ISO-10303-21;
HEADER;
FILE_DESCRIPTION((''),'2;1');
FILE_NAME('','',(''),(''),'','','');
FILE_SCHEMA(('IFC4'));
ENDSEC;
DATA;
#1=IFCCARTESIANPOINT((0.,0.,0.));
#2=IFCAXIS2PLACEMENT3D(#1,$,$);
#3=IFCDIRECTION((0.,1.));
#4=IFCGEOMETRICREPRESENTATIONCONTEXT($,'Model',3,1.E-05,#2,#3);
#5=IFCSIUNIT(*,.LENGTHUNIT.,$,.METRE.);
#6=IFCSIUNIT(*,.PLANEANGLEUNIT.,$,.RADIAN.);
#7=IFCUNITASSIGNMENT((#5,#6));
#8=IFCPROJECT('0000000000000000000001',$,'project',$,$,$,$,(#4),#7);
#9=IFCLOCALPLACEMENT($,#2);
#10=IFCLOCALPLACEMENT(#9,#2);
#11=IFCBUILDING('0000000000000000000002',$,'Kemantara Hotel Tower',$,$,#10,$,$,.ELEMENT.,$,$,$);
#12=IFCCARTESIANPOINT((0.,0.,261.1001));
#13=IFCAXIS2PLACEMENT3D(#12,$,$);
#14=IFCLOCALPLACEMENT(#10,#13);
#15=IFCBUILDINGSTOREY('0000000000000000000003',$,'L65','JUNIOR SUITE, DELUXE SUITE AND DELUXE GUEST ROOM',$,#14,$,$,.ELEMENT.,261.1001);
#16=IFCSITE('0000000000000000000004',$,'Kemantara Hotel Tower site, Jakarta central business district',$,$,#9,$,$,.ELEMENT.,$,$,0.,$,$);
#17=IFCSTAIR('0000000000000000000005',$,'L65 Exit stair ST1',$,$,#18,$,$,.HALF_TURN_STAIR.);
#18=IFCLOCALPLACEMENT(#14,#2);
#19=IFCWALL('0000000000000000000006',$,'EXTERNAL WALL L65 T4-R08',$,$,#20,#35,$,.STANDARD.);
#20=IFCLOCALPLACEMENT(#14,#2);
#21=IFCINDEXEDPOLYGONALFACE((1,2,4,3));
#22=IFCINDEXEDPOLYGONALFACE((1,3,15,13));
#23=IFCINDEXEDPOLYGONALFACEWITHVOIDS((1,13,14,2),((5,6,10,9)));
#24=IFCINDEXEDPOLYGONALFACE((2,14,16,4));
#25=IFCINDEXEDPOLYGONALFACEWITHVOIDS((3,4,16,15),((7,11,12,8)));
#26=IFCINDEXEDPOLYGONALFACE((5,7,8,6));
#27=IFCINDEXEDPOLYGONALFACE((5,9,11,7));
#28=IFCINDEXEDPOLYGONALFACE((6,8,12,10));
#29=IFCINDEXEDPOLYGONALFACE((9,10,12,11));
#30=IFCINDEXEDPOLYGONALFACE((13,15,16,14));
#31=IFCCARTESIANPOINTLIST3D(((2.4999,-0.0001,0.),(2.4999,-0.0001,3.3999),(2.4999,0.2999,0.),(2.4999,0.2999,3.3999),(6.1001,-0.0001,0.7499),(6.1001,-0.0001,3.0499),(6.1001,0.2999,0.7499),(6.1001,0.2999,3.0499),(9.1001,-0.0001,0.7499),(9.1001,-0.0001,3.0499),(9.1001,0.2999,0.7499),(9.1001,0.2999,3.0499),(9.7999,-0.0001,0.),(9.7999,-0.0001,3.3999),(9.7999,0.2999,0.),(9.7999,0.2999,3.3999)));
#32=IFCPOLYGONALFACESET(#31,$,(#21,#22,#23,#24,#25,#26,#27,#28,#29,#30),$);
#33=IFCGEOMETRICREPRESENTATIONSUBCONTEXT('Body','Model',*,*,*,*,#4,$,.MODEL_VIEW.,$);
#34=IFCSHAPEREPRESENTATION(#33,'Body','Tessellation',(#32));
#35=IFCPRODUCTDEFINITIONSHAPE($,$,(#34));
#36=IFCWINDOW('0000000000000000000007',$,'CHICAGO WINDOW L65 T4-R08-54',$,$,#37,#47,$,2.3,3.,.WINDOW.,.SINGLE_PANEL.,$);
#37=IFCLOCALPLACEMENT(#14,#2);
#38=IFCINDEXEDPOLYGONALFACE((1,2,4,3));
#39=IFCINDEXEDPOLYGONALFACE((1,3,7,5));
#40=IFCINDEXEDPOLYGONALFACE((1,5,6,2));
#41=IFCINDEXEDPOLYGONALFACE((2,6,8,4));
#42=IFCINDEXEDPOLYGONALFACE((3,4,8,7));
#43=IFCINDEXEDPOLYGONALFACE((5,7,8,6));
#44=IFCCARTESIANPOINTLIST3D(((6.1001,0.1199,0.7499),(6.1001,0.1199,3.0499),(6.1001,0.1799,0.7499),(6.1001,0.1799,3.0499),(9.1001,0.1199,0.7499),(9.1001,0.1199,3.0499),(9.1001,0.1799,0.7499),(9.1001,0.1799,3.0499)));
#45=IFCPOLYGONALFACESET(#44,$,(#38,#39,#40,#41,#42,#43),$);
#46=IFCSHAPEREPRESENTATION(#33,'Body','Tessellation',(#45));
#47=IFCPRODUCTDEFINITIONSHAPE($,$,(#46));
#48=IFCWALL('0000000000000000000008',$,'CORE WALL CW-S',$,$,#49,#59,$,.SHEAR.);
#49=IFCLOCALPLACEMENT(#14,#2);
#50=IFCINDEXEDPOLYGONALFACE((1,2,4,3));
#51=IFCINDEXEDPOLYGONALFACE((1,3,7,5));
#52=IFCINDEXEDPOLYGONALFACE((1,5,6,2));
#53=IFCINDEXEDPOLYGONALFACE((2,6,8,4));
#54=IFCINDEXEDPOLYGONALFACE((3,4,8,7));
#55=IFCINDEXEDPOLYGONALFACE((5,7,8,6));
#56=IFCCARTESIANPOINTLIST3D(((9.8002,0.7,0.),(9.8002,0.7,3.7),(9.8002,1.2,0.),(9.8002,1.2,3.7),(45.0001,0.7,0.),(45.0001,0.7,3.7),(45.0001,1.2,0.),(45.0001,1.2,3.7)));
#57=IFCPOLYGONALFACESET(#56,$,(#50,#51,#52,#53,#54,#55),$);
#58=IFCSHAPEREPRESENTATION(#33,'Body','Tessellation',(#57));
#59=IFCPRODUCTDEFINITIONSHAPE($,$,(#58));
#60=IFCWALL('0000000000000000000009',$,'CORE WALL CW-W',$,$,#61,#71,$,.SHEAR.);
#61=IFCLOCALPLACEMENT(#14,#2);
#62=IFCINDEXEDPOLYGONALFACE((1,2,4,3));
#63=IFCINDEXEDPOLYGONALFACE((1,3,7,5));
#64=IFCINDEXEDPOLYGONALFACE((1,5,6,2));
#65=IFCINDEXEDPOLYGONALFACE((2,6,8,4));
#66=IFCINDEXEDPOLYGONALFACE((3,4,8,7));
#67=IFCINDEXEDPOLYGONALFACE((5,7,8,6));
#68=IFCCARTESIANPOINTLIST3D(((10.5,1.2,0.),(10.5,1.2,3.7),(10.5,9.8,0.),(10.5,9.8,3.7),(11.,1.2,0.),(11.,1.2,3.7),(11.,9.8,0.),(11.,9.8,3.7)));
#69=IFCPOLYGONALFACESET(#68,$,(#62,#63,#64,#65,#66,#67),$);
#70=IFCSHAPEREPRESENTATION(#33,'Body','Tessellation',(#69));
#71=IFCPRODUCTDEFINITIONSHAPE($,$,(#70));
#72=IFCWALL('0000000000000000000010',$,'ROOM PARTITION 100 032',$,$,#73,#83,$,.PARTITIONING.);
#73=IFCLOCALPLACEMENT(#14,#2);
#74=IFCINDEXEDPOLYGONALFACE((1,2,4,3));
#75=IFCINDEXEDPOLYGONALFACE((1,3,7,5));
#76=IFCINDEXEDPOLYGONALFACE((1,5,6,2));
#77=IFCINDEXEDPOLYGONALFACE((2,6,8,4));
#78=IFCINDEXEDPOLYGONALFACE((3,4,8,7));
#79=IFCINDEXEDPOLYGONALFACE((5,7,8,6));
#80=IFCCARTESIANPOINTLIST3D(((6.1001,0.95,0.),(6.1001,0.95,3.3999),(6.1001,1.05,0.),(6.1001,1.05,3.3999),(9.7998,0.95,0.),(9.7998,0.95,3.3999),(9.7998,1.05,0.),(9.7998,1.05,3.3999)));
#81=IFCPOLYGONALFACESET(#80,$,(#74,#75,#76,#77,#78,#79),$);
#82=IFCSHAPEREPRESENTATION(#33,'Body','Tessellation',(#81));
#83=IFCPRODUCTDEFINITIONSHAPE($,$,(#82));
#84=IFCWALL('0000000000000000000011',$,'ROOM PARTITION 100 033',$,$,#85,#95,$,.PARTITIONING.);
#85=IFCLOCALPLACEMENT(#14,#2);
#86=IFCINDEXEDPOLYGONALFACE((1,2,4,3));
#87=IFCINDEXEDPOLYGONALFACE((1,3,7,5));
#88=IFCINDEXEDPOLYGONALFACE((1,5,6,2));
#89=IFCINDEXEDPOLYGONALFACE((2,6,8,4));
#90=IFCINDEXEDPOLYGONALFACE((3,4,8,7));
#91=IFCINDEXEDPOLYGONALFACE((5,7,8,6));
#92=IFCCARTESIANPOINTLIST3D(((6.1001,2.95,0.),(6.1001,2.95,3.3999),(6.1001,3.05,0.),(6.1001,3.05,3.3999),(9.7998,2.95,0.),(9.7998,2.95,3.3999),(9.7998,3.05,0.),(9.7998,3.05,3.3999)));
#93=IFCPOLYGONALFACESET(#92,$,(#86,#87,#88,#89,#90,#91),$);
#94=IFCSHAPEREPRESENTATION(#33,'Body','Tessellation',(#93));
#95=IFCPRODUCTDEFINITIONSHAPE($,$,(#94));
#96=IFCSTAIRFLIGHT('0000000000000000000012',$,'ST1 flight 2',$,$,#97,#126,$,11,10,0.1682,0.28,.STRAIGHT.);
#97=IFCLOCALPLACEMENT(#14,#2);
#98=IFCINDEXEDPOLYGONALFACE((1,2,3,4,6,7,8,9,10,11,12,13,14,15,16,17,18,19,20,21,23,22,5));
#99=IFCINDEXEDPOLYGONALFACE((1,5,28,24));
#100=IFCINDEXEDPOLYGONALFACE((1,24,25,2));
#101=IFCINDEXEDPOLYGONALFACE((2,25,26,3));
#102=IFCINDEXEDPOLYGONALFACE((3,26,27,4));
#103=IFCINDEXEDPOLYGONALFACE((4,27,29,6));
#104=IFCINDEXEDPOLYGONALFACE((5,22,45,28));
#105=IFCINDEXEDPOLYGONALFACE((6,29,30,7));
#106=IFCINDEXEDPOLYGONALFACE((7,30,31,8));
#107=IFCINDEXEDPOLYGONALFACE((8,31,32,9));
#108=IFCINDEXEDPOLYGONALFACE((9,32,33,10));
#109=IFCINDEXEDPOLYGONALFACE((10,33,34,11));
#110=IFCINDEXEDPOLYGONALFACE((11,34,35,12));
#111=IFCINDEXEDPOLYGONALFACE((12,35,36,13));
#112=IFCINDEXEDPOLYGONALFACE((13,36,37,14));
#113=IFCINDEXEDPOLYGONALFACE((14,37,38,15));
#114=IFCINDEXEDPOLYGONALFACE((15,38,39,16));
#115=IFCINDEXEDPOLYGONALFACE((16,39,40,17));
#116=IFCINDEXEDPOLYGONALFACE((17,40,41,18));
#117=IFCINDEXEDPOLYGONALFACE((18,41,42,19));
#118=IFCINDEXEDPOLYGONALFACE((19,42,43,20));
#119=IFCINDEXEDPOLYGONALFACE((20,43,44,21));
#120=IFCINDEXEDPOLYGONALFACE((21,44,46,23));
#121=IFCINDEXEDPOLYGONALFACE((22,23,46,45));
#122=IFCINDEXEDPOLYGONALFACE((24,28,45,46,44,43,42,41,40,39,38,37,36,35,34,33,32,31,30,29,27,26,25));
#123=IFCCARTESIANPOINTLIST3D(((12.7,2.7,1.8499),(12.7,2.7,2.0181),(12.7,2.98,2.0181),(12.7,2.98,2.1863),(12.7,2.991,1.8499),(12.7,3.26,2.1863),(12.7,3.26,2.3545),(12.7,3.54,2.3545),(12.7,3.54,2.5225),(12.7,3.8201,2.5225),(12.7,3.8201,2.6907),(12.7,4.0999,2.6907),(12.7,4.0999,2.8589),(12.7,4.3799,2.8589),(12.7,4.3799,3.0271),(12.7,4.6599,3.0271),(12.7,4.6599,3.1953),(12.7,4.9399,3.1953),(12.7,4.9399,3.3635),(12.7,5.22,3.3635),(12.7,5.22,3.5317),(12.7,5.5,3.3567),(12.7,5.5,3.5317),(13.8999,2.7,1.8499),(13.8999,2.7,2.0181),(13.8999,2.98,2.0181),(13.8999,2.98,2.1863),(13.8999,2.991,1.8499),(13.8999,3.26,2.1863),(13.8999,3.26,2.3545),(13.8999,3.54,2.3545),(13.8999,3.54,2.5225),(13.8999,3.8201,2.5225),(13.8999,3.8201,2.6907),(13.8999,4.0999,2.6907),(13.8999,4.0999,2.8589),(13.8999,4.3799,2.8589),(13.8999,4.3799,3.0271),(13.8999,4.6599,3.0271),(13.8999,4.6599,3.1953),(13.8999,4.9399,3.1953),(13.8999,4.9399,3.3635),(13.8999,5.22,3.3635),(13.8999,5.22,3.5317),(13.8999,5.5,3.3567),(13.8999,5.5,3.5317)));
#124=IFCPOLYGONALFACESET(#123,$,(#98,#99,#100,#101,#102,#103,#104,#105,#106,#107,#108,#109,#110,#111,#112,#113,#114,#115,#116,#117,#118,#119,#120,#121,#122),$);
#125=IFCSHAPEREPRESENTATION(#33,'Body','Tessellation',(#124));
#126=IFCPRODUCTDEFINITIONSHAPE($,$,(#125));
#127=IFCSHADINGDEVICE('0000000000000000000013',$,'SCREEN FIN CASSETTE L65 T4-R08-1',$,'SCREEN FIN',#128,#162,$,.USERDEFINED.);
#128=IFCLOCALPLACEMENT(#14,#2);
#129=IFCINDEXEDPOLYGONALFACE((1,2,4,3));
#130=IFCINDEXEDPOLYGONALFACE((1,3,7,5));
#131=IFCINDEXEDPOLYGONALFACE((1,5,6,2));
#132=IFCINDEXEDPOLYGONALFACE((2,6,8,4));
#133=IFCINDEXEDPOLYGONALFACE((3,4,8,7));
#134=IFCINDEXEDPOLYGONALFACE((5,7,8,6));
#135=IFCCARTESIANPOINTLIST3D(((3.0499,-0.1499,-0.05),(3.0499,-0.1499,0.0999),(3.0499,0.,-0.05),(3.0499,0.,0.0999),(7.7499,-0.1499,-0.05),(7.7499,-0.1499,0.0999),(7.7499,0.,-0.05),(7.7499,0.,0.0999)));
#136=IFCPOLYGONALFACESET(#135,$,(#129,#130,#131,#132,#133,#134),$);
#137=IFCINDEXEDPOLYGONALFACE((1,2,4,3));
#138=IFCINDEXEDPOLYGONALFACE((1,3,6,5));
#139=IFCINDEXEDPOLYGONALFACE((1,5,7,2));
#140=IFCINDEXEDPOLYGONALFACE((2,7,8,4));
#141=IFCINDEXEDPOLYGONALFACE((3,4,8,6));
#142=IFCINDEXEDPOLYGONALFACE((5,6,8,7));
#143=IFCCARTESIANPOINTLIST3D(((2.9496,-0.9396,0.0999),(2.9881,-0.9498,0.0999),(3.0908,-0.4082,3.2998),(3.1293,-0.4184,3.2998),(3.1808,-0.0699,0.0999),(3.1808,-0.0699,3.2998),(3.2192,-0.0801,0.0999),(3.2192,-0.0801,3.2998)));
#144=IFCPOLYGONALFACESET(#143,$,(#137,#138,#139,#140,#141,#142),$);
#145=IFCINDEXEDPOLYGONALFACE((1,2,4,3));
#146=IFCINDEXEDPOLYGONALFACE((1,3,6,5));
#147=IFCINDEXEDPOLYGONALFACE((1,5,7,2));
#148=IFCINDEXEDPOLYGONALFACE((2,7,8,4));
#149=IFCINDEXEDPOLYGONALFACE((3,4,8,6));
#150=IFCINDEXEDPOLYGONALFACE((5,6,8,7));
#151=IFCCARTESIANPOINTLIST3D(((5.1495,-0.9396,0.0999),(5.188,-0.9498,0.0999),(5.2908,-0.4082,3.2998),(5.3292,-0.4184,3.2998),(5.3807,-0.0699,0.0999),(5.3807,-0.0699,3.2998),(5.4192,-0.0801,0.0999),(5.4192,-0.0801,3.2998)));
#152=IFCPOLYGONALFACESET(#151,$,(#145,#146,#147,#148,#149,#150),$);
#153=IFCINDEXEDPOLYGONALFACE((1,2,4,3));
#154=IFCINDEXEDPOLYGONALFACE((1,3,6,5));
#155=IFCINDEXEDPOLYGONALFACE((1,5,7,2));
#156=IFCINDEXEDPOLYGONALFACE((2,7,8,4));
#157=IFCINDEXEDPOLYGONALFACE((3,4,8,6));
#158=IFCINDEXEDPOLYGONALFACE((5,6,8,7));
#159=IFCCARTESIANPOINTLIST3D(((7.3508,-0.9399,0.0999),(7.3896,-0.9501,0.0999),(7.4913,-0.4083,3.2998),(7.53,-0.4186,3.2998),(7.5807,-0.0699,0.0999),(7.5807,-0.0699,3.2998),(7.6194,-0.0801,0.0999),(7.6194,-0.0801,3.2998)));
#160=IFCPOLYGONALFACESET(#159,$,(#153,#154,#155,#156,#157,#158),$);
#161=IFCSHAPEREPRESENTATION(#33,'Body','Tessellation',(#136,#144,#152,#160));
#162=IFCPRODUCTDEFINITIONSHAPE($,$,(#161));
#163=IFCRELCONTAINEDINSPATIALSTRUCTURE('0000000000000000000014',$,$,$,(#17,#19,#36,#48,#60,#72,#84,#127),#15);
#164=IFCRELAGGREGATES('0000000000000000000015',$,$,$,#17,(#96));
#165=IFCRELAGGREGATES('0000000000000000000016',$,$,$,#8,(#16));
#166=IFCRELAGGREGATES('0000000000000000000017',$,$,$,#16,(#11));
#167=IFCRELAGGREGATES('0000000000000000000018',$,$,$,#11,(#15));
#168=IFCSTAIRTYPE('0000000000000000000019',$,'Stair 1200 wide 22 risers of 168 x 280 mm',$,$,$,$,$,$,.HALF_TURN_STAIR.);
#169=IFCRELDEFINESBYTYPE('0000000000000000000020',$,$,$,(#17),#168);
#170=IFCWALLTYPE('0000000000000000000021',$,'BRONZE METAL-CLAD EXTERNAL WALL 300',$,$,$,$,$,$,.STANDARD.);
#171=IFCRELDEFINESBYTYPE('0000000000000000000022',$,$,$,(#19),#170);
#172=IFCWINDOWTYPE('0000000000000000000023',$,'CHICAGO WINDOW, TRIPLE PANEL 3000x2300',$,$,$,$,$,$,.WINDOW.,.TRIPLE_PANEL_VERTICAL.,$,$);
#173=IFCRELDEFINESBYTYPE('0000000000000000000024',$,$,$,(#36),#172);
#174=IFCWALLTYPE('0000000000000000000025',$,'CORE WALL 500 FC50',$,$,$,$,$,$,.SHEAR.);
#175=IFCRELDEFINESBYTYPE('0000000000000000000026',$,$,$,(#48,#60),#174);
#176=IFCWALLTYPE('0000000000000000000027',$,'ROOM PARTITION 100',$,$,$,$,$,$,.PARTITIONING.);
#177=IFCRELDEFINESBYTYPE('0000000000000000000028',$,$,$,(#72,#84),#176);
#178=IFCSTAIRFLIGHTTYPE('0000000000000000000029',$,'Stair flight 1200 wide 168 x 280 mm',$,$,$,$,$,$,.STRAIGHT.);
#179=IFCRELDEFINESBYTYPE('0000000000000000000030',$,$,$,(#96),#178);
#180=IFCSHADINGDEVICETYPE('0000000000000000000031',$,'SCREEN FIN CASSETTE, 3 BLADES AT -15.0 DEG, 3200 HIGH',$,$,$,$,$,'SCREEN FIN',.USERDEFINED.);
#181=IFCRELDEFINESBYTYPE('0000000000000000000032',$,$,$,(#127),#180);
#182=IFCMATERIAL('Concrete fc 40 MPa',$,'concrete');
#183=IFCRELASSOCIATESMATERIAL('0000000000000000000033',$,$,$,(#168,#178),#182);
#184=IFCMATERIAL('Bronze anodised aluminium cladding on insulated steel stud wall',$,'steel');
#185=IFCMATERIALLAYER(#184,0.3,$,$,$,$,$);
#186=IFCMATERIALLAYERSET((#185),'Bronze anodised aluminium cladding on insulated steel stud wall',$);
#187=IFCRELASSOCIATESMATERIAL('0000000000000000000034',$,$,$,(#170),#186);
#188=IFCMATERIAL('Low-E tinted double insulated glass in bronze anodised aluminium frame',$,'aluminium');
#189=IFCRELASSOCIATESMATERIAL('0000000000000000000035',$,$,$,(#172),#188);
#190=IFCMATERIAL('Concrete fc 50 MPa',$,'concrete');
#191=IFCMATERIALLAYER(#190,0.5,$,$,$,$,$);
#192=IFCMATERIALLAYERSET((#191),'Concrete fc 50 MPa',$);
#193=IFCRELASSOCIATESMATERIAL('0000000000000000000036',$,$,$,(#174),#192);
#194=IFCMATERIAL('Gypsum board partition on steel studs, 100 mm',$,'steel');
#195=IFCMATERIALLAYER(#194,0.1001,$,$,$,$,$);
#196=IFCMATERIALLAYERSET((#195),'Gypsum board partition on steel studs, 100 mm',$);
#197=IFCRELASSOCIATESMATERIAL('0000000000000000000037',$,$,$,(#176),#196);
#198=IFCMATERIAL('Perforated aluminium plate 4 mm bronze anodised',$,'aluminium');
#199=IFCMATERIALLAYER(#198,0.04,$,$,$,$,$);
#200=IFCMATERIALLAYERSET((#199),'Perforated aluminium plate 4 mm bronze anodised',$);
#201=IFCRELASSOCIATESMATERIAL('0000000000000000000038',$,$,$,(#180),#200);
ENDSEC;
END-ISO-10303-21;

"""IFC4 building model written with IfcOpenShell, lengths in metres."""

from ifc_helpers import new_model, si_unit, direction, frame, frame_2d, origin, origin_2d, place, context, subcontext, project, spatial, polyline, rectangle, outline, extrude, source, transform, mapped, material, layer, layer_set, type_object, element, fill, aggregate, save


model = new_model("IFC4")

# Units and contexts
model_context = context("Model", 3, precision=1e-05, world=origin(), true_north=direction((0.0, 1.0)))
body_context = subcontext(model_context, "Body", "Model", "MODEL_VIEW")
ifc_project = project(units=[si_unit("LENGTHUNIT", "METRE"), si_unit("PLANEANGLEUNIT", "RADIAN")], contexts=[model_context])

# Site, building, storey
site_placement = place(None, origin())
site = spatial("IfcSite", under=ifc_project, at=site_placement, Name="Kemantara Hotel Tower site, Jakarta central business district", CompositionType="ELEMENT", RefElevation=0.0)
building_placement = place(site_placement, origin())
building = spatial("IfcBuilding", under=site, at=building_placement, Name="Kemantara Hotel Tower", CompositionType="ELEMENT")
storey_placement = place(building_placement, frame((0.0, 0.0, 261.1001)))
storey = spatial("IfcBuildingStorey", under=building, at=storey_placement, Name="L65", Description="JUNIOR SUITE, DELUXE SUITE AND DELUXE GUEST ROOM", CompositionType="ELEMENT", Elevation=261.1001)

# Shared definitions
ifc_material_1 = material(Name="Concrete fc 50 MPa", Category="concrete")

# Shared definitions
ifc_material_2 = material(Name="Concrete fc 40 MPa", Category="concrete")

# Stair
stair_type_1 = type_object("IfcStairType", Name="Stair 1200 wide 22 risers of 168 x 280 mm", PredefinedType="HALF_TURN_STAIR", material=ifc_material_2)
stair_1_placement = place(storey_placement, origin())
stair_1 = element("IfcStair", 1, at=stair_1_placement, inside=storey, type_object=stair_type_1, Name="L65 Exit stair ST1", PredefinedType="HALF_TURN_STAIR")

# Shared definitions
ifc_material_3 = material(Name="Bronze anodised aluminium cladding on insulated steel stud wall", Category="steel")
ifc_layer_1 = layer(ifc_material_3, 0.3)
ifc_layer_set_1 = layer_set([ifc_layer_1], Name="Bronze anodised aluminium cladding on insulated steel stud wall")
wall_type_1 = type_object("IfcWallType", Name="BRONZE METAL-CLAD EXTERNAL WALL 300", PredefinedType="STANDARD", material=ifc_layer_set_1)

# Wall, opening, window
wall_1_placement = place(storey_placement, frame((2.5, 0.1499, 0.0), z_axis=(0.0, 0.0, 1.0), x_axis=(1.0, 0.0, 0.0)))
wall_1 = element("IfcWall", 2, at=wall_1_placement, inside=storey, type_object=wall_type_1, Name="EXTERNAL WALL L65 T4-R08", PredefinedType="STANDARD", context=body_context, shape_type="SweptSolid", body=[
    extrude(rectangle(XDim=7.3, YDim=0.3, at=frame_2d((3.6499, 0.0))), origin(), (0.0, 0.0, 1.0), 3.3999),
])
opening_placement = place(wall_1_placement, frame((3.6001, 0.0, 0.75)))
opening = element("IfcOpeningElement", 3, at=opening_placement, cuts=wall_1, PredefinedType="OPENING", context=body_context, shape_type="SweptSolid", body=[
    extrude(rectangle(XDim=3.0, YDim=2.3, at=frame_2d((1.5, 1.1499))), frame((0.0, 0.1599, 0.0), z_axis=(0.0, -1.0, 0.0), x_axis=(1.0, 0.0, 0.0)), (0.0, 0.0, 1.0), 0.3201),
])
ifc_material_4 = material(Name="Low-E tinted double insulated glass in bronze anodised aluminium frame", Category="aluminium")
window_type = type_object("IfcWindowType", Name="CHICAGO WINDOW, TRIPLE PANEL 3000x2300", PartitioningType="TRIPLE_PANEL_VERTICAL", PredefinedType="WINDOW", material=ifc_material_4)
window_placement = place(opening_placement, origin())
window = element("IfcWindow", 4, at=window_placement, inside=storey, type_object=window_type, Name="CHICAGO WINDOW L65 T4-R08-54", OverallHeight=2.3, OverallWidth=3.0, PartitioningType="SINGLE_PANEL", PredefinedType="WINDOW", context=body_context, shape_type="SweptSolid", body=[
    extrude(rectangle(XDim=3.0, YDim=2.3, at=frame_2d((1.5, 1.1499))), frame((0.0, 0.03, 0.0), z_axis=(0.0, -1.0, 0.0), x_axis=(1.0, 0.0, 0.0)), (0.0, 0.0, 1.0), 0.0601),
])
fill(opening, window)

# Walls
ifc_layer_2 = layer(ifc_material_1, 0.5)
ifc_layer_set_2 = layer_set([ifc_layer_2], Name="Concrete fc 50 MPa")
wall_type_2 = type_object("IfcWallType", Name="CORE WALL 500 FC50", PredefinedType="SHEAR", material=ifc_layer_set_2)
wall_2_placement = place(storey_placement, frame((9.8, 0.95, 0.0), z_axis=(0.0, 0.0, 1.0), x_axis=(1.0, 0.0, 0.0)))
element("IfcWall", 5, at=wall_2_placement, inside=storey, type_object=wall_type_2, Name="CORE WALL CW-S", PredefinedType="SHEAR", context=body_context, shape_type="SweptSolid", body=[
    extrude(rectangle(XDim=35.2, YDim=0.5, at=frame_2d((17.6001, 0.0))), origin(), (0.0, 0.0, 1.0), 3.7),
])
wall_3_placement = place(storey_placement, frame((10.75, 1.2, 0.0), z_axis=(0.0, 0.0, 1.0), x_axis=(0.0, 1.0, 0.0)))
element("IfcWall", 6, at=wall_3_placement, inside=storey, type_object=wall_type_2, Name="CORE WALL CW-W", PredefinedType="SHEAR", context=body_context, shape_type="SweptSolid", body=[
    extrude(rectangle(XDim=8.6001, YDim=0.5, at=frame_2d((4.3, 0.0))), origin(), (0.0, 0.0, 1.0), 3.7),
])
ifc_material_5 = material(Name="Gypsum board partition on steel studs, 100 mm", Category="steel")
ifc_layer_3 = layer(ifc_material_5, 0.1001)
ifc_layer_set_3 = layer_set([ifc_layer_3], Name="Gypsum board partition on steel studs, 100 mm")
wall_type_3 = type_object("IfcWallType", Name="ROOM PARTITION 100", PredefinedType="PARTITIONING", material=ifc_layer_set_3)
for number, where, z_axis, x_axis, name in (
    (7, (6.1001, 1.0, 0.0), (0.0, 0.0, 1.0), (1.0, 0.0, 0.0), "ROOM PARTITION 100 032"),
    (8, (6.1001, 3.0, 0.0), (0.0, 0.0, 1.0), (1.0, 0.0, 0.0), "ROOM PARTITION 100 033"),
):
    element("IfcWall", number, at=place(storey_placement, frame(where, z_axis=z_axis, x_axis=x_axis)), inside=storey, type_object=wall_type_3, Name=name, PredefinedType="PARTITIONING", context=body_context, shape_type="SweptSolid", body=[
        extrude(rectangle(XDim=3.6997, YDim=0.1001, at=frame_2d((1.8499, 0.0))), origin(), (0.0, 0.0, 1.0), 3.3999),
    ])

# Stair flight
stair_flight_type = type_object("IfcStairFlightType", Name="Stair flight 1200 wide 168 x 280 mm", PredefinedType="STRAIGHT", material=ifc_material_2)
stair_flight_placement = place(storey_placement, frame((13.3, 2.7, 1.8499), z_axis=(0.0, 0.0, 1.0), x_axis=(0.0, 1.0, 0.0)))
stair_flight = element("IfcStairFlight", 9, at=stair_flight_placement, type_object=stair_flight_type, Name="ST1 flight 2", NumberOfRisers=11, NumberOfTreads=10, PredefinedType="STRAIGHT", RiserHeight=0.1682, TreadLength=0.28, context=body_context, shape_type="SweptSolid", body=[
    extrude(outline(polyline([(0.0, 0.0), (0.0, 0.1682), (0.28, 0.1682), (0.28, 0.3364), (0.5601, 0.3364), (0.5601, 0.5046), (0.8401, 0.5046), (0.8401, 0.6726), (1.1201, 0.6726), (1.1201, 0.8408), (1.3999, 0.8408), (1.3999, 1.009), (1.6799, 1.009), (1.6799, 1.1772), (1.96, 1.1772), (1.96, 1.3455), (2.24, 1.3455), (2.24, 1.5137), (2.52, 1.5137), (2.52, 1.6819), (2.8, 1.6819), (2.8, 1.8501), (2.8, 1.5068), (0.291, 0.0), (0.0, 0.0)])), frame((0.0, 0.6001, 0.0), z_axis=(0.0, -1.0, 0.0), x_axis=(1.0, 0.0, 0.0)), (0.0, 0.0, 1.0), 1.2),
])
aggregate(stair_1, [stair_flight])

# Shading device
ifc_material_6 = material(Name="Perforated aluminium plate 4 mm bronze anodised", Category="aluminium")
ifc_layer_4 = layer(ifc_material_6, 0.04)
ifc_layer_set_4 = layer_set([ifc_layer_4], Name="Perforated aluminium plate 4 mm bronze anodised")
shading_device_type_1 = type_object("IfcShadingDeviceType", Name="SCREEN FIN CASSETTE, 3 BLADES AT -15.0 DEG, 3200 HIGH", ElementType="SCREEN FIN", PredefinedType="USERDEFINED", material=ifc_layer_set_4)
shared_shape_1 = source(origin(), body_context, "Body", "SweptSolid", [
    extrude(rectangle(XDim=4.7, YDim=0.1499, at=origin_2d()), frame((2.2, -0.075, -0.1499), z_axis=(0.0, 0.0, 1.0), x_axis=(1.0, 0.0, 0.0)), (0.0, 0.0, 1.0), 0.1499),
    extrude(outline(polyline([(0.0, 0.0), (0.8999, 0.0), (0.3501, 3.2), (0.0, 3.2), (0.0, 0.0)])), frame((0.0193, -0.0801, 0.0), z_axis=(-0.966438, 0.256901, 0.0), x_axis=(-0.256901, -0.966438, 0.0)), (0.0, 0.0, 1.0), 0.0398),
    extrude(outline(polyline([(0.0, 0.0), (0.8999, 0.0), (0.3501, 3.2), (0.0, 3.2), (0.0, 0.0)])), frame((2.2192, -0.0801, 0.0), z_axis=(-0.966438, 0.256901, 0.0), x_axis=(-0.256901, -0.966438, 0.0)), (0.0, 0.0, 1.0), 0.0398),
    extrude(outline(polyline([(0.0, 0.0), (0.8999, 0.0), (0.3501, 3.2), (0.0, 3.2), (0.0, 0.0)])), frame((4.4194, -0.0801, 0.0), z_axis=(-0.966838, 0.255391, 0.0), x_axis=(-0.255391, -0.966838, 0.0)), (0.0, 0.0, 1.0), 0.04),
])
shading_device_1_placement = place(storey_placement, frame((3.2, 0.0, 0.0999), z_axis=(0.0, 0.0, 1.0), x_axis=(1.0, 0.0, 0.0)))
element("IfcShadingDevice", 10, at=shading_device_1_placement, inside=storey, type_object=shading_device_type_1, Name="SCREEN FIN CASSETTE L65 T4-R08-1", ObjectType="SCREEN FIN", PredefinedType="USERDEFINED", context=body_context, shape_type="MappedRepresentation", body=[
    mapped(shared_shape_1, transform((0.0, 0.0, 0.0))),
])

save(model, "model.ifc")
